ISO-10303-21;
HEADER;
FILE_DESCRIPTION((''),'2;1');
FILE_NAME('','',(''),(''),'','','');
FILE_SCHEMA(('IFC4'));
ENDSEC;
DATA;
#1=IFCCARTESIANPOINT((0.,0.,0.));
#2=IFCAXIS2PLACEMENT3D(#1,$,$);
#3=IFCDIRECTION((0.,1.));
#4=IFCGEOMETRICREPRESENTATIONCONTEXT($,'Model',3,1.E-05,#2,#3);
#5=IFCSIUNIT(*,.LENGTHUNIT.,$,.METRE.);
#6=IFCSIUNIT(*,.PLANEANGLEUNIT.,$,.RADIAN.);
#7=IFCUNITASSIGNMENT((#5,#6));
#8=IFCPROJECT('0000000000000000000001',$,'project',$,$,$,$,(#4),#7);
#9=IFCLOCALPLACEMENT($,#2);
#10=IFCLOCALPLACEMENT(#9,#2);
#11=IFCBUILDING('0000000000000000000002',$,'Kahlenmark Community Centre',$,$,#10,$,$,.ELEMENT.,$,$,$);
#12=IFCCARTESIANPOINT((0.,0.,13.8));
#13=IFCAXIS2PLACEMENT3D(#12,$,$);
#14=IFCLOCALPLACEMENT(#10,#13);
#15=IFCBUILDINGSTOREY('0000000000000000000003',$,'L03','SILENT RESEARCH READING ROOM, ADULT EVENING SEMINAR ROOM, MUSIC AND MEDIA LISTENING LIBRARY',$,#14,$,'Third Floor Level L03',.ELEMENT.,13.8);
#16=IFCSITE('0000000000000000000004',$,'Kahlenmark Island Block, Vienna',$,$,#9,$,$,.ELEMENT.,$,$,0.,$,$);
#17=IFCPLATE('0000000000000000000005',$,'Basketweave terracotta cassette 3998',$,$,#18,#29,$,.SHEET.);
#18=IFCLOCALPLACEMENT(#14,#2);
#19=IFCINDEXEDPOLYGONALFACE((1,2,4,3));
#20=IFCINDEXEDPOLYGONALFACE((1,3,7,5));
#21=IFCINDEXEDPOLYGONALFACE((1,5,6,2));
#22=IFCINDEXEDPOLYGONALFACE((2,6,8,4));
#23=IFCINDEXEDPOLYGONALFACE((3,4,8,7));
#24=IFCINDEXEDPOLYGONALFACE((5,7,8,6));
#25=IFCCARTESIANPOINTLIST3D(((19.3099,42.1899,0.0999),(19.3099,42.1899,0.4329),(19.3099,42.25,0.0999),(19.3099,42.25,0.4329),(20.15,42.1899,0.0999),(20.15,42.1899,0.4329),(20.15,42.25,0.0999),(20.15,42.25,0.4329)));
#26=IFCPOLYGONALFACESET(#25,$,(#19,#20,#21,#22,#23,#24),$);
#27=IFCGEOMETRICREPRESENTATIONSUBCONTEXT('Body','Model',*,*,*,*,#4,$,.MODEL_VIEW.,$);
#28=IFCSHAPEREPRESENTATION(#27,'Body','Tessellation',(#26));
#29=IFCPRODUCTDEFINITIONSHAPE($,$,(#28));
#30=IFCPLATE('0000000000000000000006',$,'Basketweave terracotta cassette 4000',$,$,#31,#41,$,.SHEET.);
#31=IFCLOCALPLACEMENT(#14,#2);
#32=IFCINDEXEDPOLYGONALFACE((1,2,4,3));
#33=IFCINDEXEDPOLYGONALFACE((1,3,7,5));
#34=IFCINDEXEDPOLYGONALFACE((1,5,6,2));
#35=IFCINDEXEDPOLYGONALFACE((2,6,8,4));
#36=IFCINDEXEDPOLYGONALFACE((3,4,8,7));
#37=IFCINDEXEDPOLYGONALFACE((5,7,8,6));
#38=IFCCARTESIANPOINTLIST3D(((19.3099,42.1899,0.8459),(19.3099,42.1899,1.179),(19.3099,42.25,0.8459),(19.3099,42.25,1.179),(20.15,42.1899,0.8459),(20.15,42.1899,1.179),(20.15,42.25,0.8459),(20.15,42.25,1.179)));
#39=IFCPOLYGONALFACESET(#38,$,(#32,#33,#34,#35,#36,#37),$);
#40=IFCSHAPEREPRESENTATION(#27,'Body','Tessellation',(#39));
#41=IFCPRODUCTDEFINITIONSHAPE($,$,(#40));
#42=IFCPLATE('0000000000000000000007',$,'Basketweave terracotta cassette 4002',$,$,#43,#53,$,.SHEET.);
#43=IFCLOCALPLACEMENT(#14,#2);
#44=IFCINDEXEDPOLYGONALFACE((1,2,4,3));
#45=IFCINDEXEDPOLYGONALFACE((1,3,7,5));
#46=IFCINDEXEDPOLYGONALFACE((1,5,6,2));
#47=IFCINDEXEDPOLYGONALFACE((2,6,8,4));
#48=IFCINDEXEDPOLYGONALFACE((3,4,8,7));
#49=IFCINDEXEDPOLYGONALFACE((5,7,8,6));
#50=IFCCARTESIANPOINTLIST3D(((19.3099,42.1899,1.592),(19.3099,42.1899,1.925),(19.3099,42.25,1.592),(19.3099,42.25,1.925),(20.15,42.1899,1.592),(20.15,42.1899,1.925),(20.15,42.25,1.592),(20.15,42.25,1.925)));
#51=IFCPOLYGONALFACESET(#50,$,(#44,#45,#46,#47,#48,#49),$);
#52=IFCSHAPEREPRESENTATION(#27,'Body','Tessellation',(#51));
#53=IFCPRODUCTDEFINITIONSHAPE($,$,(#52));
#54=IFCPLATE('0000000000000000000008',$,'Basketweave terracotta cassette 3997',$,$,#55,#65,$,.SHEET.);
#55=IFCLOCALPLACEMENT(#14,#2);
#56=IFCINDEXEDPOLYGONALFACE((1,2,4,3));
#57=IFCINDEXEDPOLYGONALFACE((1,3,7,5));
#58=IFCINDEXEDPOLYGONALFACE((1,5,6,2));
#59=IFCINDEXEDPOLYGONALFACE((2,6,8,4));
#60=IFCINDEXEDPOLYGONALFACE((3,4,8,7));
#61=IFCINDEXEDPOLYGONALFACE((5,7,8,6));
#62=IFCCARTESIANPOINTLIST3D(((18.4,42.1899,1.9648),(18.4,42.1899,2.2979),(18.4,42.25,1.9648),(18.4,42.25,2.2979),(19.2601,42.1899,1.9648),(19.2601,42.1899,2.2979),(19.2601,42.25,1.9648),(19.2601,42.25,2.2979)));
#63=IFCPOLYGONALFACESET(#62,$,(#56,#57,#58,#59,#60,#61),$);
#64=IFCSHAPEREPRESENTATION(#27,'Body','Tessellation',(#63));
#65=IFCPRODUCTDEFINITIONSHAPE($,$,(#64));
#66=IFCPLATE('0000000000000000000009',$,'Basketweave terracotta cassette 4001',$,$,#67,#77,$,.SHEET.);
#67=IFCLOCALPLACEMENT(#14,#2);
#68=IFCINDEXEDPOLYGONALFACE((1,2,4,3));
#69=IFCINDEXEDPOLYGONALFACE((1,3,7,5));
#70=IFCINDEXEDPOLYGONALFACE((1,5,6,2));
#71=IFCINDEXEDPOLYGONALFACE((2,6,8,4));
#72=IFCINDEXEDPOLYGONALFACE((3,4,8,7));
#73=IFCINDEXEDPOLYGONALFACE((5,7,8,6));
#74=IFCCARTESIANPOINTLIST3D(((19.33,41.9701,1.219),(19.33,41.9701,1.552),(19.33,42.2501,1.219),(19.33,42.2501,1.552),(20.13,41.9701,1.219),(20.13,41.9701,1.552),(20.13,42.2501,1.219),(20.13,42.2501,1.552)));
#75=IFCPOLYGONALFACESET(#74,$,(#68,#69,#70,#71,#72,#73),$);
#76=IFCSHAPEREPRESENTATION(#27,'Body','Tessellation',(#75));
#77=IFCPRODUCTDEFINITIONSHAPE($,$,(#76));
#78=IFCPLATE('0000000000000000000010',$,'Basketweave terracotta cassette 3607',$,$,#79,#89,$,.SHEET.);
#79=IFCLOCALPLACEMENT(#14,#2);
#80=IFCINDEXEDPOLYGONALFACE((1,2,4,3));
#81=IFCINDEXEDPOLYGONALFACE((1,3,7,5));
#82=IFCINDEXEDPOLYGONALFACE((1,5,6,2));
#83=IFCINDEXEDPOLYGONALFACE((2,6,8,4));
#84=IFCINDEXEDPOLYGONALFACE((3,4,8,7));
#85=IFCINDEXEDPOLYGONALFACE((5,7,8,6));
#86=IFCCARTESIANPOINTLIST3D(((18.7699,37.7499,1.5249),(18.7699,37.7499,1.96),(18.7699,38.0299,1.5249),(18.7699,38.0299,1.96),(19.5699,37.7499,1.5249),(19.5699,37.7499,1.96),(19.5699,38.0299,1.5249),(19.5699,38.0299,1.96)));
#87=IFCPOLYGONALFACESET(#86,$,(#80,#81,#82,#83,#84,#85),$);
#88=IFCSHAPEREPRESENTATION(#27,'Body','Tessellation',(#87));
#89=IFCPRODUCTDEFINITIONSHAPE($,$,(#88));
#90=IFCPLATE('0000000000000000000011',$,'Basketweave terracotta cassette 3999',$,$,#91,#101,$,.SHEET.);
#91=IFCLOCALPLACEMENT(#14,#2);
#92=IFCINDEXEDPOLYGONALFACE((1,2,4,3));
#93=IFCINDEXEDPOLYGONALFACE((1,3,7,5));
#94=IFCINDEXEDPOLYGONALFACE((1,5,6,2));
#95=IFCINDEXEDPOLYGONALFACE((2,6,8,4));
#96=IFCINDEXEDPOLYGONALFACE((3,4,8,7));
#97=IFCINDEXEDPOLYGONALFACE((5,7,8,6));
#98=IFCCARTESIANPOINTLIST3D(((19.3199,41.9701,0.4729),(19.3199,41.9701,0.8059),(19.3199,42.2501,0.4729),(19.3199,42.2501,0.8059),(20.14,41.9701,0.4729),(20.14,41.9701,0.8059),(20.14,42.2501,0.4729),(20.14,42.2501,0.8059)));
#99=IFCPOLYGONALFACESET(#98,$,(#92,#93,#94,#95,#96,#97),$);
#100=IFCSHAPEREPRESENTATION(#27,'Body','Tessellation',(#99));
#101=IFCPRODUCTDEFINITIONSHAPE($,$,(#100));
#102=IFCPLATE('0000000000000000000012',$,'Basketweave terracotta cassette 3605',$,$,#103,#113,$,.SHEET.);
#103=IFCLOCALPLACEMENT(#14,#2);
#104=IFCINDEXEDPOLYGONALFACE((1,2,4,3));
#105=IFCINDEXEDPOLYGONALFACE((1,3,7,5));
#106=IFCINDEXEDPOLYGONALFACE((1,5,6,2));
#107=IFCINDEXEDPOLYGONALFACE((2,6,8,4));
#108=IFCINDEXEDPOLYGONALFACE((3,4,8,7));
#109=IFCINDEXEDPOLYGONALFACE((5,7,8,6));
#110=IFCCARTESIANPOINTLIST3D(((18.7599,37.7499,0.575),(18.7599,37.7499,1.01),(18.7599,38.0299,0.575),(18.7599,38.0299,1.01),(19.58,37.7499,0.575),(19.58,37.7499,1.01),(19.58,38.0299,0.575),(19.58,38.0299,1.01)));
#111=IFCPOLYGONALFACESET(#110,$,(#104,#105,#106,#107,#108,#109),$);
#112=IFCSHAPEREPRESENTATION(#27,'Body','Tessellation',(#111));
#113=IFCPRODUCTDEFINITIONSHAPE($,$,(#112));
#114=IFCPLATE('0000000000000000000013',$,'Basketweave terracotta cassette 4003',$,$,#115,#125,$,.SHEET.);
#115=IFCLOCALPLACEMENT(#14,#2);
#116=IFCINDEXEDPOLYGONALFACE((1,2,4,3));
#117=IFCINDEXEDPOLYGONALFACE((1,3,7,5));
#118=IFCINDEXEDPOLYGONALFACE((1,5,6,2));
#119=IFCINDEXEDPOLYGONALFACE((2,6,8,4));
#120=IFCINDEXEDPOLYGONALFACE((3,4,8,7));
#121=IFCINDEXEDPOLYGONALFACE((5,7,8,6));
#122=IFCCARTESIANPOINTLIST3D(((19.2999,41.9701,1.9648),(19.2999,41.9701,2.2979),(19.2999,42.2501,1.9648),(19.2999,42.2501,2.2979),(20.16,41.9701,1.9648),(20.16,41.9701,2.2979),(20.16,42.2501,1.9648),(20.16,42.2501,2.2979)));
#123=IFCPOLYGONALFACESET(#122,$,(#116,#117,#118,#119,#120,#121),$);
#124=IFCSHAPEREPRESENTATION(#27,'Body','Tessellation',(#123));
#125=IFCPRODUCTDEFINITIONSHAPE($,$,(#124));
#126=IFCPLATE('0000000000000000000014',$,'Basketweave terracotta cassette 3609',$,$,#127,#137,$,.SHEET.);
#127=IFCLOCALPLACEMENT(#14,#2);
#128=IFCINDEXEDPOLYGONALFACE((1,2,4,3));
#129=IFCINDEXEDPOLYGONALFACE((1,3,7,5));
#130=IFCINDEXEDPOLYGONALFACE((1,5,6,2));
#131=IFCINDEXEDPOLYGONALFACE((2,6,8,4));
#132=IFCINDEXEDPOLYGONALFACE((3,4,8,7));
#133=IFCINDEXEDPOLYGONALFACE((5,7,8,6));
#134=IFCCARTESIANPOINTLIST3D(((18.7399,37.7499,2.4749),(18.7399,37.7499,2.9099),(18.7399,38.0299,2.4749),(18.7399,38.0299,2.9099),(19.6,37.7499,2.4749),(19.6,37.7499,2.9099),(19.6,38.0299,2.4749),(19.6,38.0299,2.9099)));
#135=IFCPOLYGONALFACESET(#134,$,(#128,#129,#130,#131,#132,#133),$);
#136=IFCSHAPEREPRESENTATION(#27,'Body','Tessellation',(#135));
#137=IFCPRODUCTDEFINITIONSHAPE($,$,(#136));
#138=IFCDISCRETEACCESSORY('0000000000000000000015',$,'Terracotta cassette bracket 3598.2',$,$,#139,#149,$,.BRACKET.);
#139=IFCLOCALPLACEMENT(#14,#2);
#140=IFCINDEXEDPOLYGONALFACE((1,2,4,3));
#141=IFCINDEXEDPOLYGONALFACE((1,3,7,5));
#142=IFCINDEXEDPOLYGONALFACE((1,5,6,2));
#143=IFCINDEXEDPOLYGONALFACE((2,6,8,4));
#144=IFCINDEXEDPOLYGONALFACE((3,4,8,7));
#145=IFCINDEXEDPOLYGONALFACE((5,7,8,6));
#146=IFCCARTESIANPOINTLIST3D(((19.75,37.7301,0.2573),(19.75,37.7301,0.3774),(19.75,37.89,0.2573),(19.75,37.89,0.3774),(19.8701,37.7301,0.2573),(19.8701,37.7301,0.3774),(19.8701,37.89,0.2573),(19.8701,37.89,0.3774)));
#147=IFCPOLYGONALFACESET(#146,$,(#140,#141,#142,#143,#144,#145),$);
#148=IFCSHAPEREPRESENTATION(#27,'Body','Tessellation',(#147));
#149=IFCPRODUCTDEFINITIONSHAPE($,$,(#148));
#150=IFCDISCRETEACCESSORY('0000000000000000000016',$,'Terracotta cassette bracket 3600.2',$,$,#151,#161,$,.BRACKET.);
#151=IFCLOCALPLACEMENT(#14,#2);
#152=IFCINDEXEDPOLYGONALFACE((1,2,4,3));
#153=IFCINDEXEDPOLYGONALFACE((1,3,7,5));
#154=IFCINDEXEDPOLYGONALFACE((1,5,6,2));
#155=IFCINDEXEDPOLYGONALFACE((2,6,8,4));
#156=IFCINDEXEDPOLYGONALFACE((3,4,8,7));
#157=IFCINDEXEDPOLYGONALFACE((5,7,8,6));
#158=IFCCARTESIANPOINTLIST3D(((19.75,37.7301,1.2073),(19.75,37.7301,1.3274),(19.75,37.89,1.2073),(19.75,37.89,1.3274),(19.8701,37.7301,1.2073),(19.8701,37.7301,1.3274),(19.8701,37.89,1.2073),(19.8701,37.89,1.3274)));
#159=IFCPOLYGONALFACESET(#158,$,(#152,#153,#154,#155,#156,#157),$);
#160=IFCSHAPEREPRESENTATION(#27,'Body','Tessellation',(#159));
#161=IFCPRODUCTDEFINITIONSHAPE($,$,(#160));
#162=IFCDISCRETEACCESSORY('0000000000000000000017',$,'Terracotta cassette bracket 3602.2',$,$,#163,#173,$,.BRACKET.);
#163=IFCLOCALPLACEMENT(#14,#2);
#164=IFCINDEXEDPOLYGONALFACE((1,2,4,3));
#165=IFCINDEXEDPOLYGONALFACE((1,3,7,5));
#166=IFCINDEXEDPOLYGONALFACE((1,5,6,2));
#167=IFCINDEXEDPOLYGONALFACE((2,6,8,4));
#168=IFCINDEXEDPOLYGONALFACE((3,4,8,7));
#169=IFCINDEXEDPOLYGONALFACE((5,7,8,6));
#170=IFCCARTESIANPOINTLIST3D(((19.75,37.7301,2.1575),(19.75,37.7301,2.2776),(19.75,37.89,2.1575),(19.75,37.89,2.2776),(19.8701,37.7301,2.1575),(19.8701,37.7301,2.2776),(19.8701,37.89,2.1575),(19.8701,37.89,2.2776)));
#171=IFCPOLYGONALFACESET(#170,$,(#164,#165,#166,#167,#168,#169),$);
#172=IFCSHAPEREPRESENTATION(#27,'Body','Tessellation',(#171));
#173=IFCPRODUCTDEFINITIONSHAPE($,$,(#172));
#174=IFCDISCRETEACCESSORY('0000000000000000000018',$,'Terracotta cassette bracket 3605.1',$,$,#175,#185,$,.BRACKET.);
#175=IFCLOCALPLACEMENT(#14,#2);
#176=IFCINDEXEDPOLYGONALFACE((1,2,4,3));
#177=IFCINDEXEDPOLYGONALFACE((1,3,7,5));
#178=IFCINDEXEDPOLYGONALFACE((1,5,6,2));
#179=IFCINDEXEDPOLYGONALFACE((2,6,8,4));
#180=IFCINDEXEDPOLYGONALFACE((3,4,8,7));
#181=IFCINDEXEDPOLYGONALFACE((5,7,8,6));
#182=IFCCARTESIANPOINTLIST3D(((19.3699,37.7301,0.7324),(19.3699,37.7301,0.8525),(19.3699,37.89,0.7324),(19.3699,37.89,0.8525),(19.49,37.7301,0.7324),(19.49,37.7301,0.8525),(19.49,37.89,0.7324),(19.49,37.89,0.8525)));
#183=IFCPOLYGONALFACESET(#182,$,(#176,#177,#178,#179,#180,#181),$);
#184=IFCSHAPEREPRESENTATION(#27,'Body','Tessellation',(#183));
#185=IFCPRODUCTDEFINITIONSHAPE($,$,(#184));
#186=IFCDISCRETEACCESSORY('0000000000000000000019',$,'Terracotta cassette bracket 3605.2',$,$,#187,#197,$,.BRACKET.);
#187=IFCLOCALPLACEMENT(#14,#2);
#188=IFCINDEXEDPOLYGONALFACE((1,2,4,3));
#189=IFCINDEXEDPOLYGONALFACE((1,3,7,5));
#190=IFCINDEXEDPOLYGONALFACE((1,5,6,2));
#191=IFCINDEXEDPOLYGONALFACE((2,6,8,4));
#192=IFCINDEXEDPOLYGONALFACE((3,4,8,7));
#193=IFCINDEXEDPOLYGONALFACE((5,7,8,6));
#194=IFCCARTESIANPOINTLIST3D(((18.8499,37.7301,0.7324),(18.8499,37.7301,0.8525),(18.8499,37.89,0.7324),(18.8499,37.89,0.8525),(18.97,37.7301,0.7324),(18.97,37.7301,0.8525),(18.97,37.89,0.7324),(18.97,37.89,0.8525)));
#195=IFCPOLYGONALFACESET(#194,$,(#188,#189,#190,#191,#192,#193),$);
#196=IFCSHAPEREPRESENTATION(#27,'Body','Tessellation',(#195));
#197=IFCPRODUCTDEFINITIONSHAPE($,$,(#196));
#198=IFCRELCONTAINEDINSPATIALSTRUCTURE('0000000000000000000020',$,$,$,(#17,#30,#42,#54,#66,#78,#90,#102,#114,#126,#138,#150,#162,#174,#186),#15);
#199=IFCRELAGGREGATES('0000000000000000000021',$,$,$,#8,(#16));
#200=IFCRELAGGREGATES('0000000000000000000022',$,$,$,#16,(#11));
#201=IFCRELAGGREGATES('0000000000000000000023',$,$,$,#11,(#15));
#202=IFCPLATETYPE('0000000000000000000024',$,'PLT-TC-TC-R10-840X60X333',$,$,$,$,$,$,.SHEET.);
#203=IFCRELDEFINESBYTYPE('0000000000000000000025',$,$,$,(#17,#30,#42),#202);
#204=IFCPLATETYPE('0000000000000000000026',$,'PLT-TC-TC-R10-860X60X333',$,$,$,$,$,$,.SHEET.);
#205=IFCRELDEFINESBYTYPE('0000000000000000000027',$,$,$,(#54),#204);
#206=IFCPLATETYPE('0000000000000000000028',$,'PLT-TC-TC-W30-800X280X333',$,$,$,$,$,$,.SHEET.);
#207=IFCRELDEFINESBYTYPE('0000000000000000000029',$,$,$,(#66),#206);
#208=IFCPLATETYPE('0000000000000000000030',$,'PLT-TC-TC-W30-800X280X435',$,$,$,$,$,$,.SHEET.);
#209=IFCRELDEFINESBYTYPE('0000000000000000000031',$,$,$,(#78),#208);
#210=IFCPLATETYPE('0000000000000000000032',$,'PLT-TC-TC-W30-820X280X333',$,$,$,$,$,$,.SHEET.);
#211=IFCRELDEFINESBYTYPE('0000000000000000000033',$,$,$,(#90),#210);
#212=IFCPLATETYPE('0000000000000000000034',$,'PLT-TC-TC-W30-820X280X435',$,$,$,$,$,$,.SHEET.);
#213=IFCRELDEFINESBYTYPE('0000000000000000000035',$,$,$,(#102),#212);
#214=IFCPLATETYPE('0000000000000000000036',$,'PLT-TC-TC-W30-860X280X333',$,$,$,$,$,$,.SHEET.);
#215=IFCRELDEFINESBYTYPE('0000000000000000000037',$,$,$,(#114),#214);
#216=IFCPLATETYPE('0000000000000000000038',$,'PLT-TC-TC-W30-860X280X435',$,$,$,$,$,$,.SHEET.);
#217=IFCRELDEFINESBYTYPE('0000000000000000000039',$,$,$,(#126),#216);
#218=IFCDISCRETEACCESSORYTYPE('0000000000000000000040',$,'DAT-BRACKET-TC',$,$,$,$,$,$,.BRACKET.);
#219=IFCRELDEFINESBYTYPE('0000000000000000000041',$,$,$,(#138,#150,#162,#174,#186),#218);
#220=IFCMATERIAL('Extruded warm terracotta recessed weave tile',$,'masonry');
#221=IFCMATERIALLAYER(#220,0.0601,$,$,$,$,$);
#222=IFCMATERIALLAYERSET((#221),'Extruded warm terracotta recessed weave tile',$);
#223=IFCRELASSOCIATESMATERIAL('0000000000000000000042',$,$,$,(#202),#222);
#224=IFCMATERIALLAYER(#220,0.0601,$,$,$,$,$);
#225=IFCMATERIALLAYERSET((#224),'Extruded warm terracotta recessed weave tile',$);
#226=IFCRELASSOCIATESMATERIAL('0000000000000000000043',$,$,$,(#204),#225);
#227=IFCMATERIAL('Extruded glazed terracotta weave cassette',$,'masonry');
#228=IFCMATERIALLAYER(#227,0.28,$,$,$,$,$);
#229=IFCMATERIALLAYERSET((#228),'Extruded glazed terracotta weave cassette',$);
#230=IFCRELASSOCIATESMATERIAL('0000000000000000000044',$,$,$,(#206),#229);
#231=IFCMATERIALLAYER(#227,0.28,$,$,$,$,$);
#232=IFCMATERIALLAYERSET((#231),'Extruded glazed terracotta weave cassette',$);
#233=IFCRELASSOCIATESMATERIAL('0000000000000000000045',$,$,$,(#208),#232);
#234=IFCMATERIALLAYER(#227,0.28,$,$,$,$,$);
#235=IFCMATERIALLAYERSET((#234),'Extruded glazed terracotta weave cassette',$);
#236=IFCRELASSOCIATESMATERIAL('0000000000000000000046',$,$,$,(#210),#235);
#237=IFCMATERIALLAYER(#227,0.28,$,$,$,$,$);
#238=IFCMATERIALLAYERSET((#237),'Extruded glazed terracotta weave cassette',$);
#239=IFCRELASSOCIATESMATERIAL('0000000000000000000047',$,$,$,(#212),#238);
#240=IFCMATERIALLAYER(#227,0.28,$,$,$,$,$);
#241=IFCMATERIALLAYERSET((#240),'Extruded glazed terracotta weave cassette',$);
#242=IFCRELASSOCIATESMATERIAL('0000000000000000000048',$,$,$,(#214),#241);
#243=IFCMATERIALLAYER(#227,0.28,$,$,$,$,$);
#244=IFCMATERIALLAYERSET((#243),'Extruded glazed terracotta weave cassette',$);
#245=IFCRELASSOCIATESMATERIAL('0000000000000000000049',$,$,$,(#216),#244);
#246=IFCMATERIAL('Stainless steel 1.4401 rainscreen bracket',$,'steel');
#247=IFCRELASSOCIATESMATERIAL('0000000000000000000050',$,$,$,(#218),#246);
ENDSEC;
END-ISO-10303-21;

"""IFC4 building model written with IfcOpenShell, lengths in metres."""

from ifc_helpers import new_model, si_unit, direction, frame, origin, origin_2d, place, context, subcontext, project, spatial, rectangle, extrude, material, layer, layer_set, type_object, element, save


model = new_model("IFC4")

# Units and contexts
model_context = context("Model", 3, precision=1e-05, world=origin(), true_north=direction((0.0, 1.0)))
body_context = subcontext(model_context, "Body", "Model", "MODEL_VIEW")
ifc_project = project(units=[si_unit("LENGTHUNIT", "METRE"), si_unit("PLANEANGLEUNIT", "RADIAN")], contexts=[model_context])

# Site, building, storey
site_placement = place(None, origin())
site = spatial("IfcSite", under=ifc_project, at=site_placement, Name="Kahlenmark Island Block, Vienna", CompositionType="ELEMENT", RefElevation=0.0)
building_placement = place(site_placement, origin())
building = spatial("IfcBuilding", under=site, at=building_placement, Name="Kahlenmark Community Centre", CompositionType="ELEMENT")
storey_placement = place(building_placement, frame((0.0, 0.0, 13.8)))
storey = spatial("IfcBuildingStorey", under=building, at=storey_placement, Name="L03", Description="SILENT RESEARCH READING ROOM, ADULT EVENING SEMINAR ROOM, MUSIC AND MEDIA LISTENING LIBRARY", LongName="Third Floor Level L03", CompositionType="ELEMENT", Elevation=13.8)

# Plates
ifc_material_1 = material(Name="Extruded warm terracotta recessed weave tile", Category="masonry")
ifc_layer_1 = layer(ifc_material_1, 0.0601)
ifc_layer_set_1 = layer_set([ifc_layer_1], Name="Extruded warm terracotta recessed weave tile")
plate_type_1 = type_object("IfcPlateType", Name="PLT-TC-TC-R10-840X60X333", PredefinedType="SHEET", material=ifc_layer_set_1)
for number, where, z_axis, x_axis, name in (
    (1, (19.73, 42.22, 0.0999), (0.0, 0.0, 1.0), (1.0, 0.0, 0.0), "Basketweave terracotta cassette 3998"),
    (2, (19.73, 42.22, 0.8459), (0.0, 0.0, 1.0), (1.0, 0.0, 0.0), "Basketweave terracotta cassette 4000"),
    (3, (19.73, 42.22, 1.592), (0.0, 0.0, 1.0), (1.0, 0.0, 0.0), "Basketweave terracotta cassette 4002"),
):
    element("IfcPlate", number, at=place(storey_placement, frame(where, z_axis=z_axis, x_axis=x_axis)), inside=storey, type_object=plate_type_1, Name=name, PredefinedType="SHEET", context=body_context, shape_type="SweptSolid", body=[
        extrude(rectangle(XDim=0.8401, YDim=0.0601, at=origin_2d()), origin(), (0.0, 0.0, 1.0), 0.333),
    ])
ifc_layer_2 = layer(ifc_material_1, 0.0601)
ifc_layer_set_2 = layer_set([ifc_layer_2], Name="Extruded warm terracotta recessed weave tile")
plate_type_2 = type_object("IfcPlateType", Name="PLT-TC-TC-R10-860X60X333", PredefinedType="SHEET", material=ifc_layer_set_2)
plate_1_placement = place(storey_placement, frame((18.8301, 42.22, 1.9648), z_axis=(0.0, 0.0, 1.0), x_axis=(1.0, 0.0, 0.0)))
element("IfcPlate", 4, at=plate_1_placement, inside=storey, type_object=plate_type_2, Name="Basketweave terracotta cassette 3997", PredefinedType="SHEET", context=body_context, shape_type="SweptSolid", body=[
    extrude(rectangle(XDim=0.8601, YDim=0.0601, at=origin_2d()), origin(), (0.0, 0.0, 1.0), 0.333),
])
ifc_material_2 = material(Name="Extruded glazed terracotta weave cassette", Category="masonry")
ifc_layer_3 = layer(ifc_material_2, 0.28)
ifc_layer_set_3 = layer_set([ifc_layer_3], Name="Extruded glazed terracotta weave cassette")
plate_type_3 = type_object("IfcPlateType", Name="PLT-TC-TC-W30-800X280X333", PredefinedType="SHEET", material=ifc_layer_set_3)
plate_2_placement = place(storey_placement, frame((19.73, 42.1101, 1.219), z_axis=(0.0, 0.0, 1.0), x_axis=(1.0, 0.0, 0.0)))
element("IfcPlate", 5, at=plate_2_placement, inside=storey, type_object=plate_type_3, Name="Basketweave terracotta cassette 4001", PredefinedType="SHEET", context=body_context, shape_type="SweptSolid", body=[
    extrude(rectangle(XDim=0.8, YDim=0.28, at=origin_2d()), origin(), (0.0, 0.0, 1.0), 0.333),
])
ifc_layer_4 = layer(ifc_material_2, 0.28)
ifc_layer_set_4 = layer_set([ifc_layer_4], Name="Extruded glazed terracotta weave cassette")
plate_type_4 = type_object("IfcPlateType", Name="PLT-TC-TC-W30-800X280X435", PredefinedType="SHEET", material=ifc_layer_set_4)
plate_3_placement = place(storey_placement, frame((19.1699, 37.8899, 1.5249), z_axis=(0.0, 0.0, 1.0), x_axis=(-1.0, 0.0, 0.0)))
element("IfcPlate", 6, at=plate_3_placement, inside=storey, type_object=plate_type_4, Name="Basketweave terracotta cassette 3607", PredefinedType="SHEET", context=body_context, shape_type="SweptSolid", body=[
    extrude(rectangle(XDim=0.8, YDim=0.28, at=origin_2d()), origin(), (0.0, 0.0, 1.0), 0.4351),
])
ifc_layer_5 = layer(ifc_material_2, 0.28)
ifc_layer_set_5 = layer_set([ifc_layer_5], Name="Extruded glazed terracotta weave cassette")
plate_type_5 = type_object("IfcPlateType", Name="PLT-TC-TC-W30-820X280X333", PredefinedType="SHEET", material=ifc_layer_set_5)
plate_4_placement = place(storey_placement, frame((19.73, 42.1101, 0.4729), z_axis=(0.0, 0.0, 1.0), x_axis=(1.0, 0.0, 0.0)))
element("IfcPlate", 7, at=plate_4_placement, inside=storey, type_object=plate_type_5, Name="Basketweave terracotta cassette 3999", PredefinedType="SHEET", context=body_context, shape_type="SweptSolid", body=[
    extrude(rectangle(XDim=0.8201, YDim=0.28, at=origin_2d()), origin(), (0.0, 0.0, 1.0), 0.333),
])
ifc_layer_6 = layer(ifc_material_2, 0.28)
ifc_layer_set_6 = layer_set([ifc_layer_6], Name="Extruded glazed terracotta weave cassette")
plate_type_6 = type_object("IfcPlateType", Name="PLT-TC-TC-W30-820X280X435", PredefinedType="SHEET", material=ifc_layer_set_6)
plate_5_placement = place(storey_placement, frame((19.1699, 37.8899, 0.575), z_axis=(0.0, 0.0, 1.0), x_axis=(-1.0, 0.0, 0.0)))
element("IfcPlate", 8, at=plate_5_placement, inside=storey, type_object=plate_type_6, Name="Basketweave terracotta cassette 3605", PredefinedType="SHEET", context=body_context, shape_type="SweptSolid", body=[
    extrude(rectangle(XDim=0.8201, YDim=0.28, at=origin_2d()), origin(), (0.0, 0.0, 1.0), 0.4351),
])
ifc_layer_7 = layer(ifc_material_2, 0.28)
ifc_layer_set_7 = layer_set([ifc_layer_7], Name="Extruded glazed terracotta weave cassette")
plate_type_7 = type_object("IfcPlateType", Name="PLT-TC-TC-W30-860X280X333", PredefinedType="SHEET", material=ifc_layer_set_7)
plate_6_placement = place(storey_placement, frame((19.73, 42.1101, 1.9648), z_axis=(0.0, 0.0, 1.0), x_axis=(1.0, 0.0, 0.0)))
element("IfcPlate", 9, at=plate_6_placement, inside=storey, type_object=plate_type_7, Name="Basketweave terracotta cassette 4003", PredefinedType="SHEET", context=body_context, shape_type="SweptSolid", body=[
    extrude(rectangle(XDim=0.8601, YDim=0.28, at=origin_2d()), origin(), (0.0, 0.0, 1.0), 0.333),
])
ifc_layer_8 = layer(ifc_material_2, 0.28)
ifc_layer_set_8 = layer_set([ifc_layer_8], Name="Extruded glazed terracotta weave cassette")
plate_type_8 = type_object("IfcPlateType", Name="PLT-TC-TC-W30-860X280X435", PredefinedType="SHEET", material=ifc_layer_set_8)
plate_7_placement = place(storey_placement, frame((19.1699, 37.8899, 2.4749), z_axis=(0.0, 0.0, 1.0), x_axis=(-1.0, 0.0, 0.0)))
element("IfcPlate", 10, at=plate_7_placement, inside=storey, type_object=plate_type_8, Name="Basketweave terracotta cassette 3609", PredefinedType="SHEET", context=body_context, shape_type="SweptSolid", body=[
    extrude(rectangle(XDim=0.8601, YDim=0.28, at=origin_2d()), origin(), (0.0, 0.0, 1.0), 0.4351),
])

# Discrete accessories
ifc_material_3 = material(Name="Stainless steel 1.4401 rainscreen bracket", Category="steel")
discrete_accessory_type = type_object("IfcDiscreteAccessoryType", Name="DAT-BRACKET-TC", PredefinedType="BRACKET", material=ifc_material_3)
for number, where, z_axis, x_axis, name in (
    (11, (19.8101, 37.8101, 0.2573), (0.0, 0.0, 1.0), (-1.0, 0.0, 0.0), "Terracotta cassette bracket 3598.2"),
    (12, (19.8101, 37.8101, 1.2073), (0.0, 0.0, 1.0), (-1.0, 0.0, 0.0), "Terracotta cassette bracket 3600.2"),
    (13, (19.8101, 37.8101, 2.1575), (0.0, 0.0, 1.0), (-1.0, 0.0, 0.0), "Terracotta cassette bracket 3602.2"),
    (14, (19.4299, 37.8101, 0.7324), (0.0, 0.0, 1.0), (-1.0, 0.0, 0.0), "Terracotta cassette bracket 3605.1"),
    (15, (18.9099, 37.8101, 0.7324), (0.0, 0.0, 1.0), (-1.0, 0.0, 0.0), "Terracotta cassette bracket 3605.2"),
):
    element("IfcDiscreteAccessory", number, at=place(storey_placement, frame(where, z_axis=z_axis, x_axis=x_axis)), inside=storey, type_object=discrete_accessory_type, Name=name, PredefinedType="BRACKET", context=body_context, shape_type="SweptSolid", body=[
        extrude(rectangle(XDim=0.1201, YDim=0.1599, at=origin_2d()), origin(), (0.0, 0.0, 1.0), 0.1201),
    ])

save(model, "model.ifc")
